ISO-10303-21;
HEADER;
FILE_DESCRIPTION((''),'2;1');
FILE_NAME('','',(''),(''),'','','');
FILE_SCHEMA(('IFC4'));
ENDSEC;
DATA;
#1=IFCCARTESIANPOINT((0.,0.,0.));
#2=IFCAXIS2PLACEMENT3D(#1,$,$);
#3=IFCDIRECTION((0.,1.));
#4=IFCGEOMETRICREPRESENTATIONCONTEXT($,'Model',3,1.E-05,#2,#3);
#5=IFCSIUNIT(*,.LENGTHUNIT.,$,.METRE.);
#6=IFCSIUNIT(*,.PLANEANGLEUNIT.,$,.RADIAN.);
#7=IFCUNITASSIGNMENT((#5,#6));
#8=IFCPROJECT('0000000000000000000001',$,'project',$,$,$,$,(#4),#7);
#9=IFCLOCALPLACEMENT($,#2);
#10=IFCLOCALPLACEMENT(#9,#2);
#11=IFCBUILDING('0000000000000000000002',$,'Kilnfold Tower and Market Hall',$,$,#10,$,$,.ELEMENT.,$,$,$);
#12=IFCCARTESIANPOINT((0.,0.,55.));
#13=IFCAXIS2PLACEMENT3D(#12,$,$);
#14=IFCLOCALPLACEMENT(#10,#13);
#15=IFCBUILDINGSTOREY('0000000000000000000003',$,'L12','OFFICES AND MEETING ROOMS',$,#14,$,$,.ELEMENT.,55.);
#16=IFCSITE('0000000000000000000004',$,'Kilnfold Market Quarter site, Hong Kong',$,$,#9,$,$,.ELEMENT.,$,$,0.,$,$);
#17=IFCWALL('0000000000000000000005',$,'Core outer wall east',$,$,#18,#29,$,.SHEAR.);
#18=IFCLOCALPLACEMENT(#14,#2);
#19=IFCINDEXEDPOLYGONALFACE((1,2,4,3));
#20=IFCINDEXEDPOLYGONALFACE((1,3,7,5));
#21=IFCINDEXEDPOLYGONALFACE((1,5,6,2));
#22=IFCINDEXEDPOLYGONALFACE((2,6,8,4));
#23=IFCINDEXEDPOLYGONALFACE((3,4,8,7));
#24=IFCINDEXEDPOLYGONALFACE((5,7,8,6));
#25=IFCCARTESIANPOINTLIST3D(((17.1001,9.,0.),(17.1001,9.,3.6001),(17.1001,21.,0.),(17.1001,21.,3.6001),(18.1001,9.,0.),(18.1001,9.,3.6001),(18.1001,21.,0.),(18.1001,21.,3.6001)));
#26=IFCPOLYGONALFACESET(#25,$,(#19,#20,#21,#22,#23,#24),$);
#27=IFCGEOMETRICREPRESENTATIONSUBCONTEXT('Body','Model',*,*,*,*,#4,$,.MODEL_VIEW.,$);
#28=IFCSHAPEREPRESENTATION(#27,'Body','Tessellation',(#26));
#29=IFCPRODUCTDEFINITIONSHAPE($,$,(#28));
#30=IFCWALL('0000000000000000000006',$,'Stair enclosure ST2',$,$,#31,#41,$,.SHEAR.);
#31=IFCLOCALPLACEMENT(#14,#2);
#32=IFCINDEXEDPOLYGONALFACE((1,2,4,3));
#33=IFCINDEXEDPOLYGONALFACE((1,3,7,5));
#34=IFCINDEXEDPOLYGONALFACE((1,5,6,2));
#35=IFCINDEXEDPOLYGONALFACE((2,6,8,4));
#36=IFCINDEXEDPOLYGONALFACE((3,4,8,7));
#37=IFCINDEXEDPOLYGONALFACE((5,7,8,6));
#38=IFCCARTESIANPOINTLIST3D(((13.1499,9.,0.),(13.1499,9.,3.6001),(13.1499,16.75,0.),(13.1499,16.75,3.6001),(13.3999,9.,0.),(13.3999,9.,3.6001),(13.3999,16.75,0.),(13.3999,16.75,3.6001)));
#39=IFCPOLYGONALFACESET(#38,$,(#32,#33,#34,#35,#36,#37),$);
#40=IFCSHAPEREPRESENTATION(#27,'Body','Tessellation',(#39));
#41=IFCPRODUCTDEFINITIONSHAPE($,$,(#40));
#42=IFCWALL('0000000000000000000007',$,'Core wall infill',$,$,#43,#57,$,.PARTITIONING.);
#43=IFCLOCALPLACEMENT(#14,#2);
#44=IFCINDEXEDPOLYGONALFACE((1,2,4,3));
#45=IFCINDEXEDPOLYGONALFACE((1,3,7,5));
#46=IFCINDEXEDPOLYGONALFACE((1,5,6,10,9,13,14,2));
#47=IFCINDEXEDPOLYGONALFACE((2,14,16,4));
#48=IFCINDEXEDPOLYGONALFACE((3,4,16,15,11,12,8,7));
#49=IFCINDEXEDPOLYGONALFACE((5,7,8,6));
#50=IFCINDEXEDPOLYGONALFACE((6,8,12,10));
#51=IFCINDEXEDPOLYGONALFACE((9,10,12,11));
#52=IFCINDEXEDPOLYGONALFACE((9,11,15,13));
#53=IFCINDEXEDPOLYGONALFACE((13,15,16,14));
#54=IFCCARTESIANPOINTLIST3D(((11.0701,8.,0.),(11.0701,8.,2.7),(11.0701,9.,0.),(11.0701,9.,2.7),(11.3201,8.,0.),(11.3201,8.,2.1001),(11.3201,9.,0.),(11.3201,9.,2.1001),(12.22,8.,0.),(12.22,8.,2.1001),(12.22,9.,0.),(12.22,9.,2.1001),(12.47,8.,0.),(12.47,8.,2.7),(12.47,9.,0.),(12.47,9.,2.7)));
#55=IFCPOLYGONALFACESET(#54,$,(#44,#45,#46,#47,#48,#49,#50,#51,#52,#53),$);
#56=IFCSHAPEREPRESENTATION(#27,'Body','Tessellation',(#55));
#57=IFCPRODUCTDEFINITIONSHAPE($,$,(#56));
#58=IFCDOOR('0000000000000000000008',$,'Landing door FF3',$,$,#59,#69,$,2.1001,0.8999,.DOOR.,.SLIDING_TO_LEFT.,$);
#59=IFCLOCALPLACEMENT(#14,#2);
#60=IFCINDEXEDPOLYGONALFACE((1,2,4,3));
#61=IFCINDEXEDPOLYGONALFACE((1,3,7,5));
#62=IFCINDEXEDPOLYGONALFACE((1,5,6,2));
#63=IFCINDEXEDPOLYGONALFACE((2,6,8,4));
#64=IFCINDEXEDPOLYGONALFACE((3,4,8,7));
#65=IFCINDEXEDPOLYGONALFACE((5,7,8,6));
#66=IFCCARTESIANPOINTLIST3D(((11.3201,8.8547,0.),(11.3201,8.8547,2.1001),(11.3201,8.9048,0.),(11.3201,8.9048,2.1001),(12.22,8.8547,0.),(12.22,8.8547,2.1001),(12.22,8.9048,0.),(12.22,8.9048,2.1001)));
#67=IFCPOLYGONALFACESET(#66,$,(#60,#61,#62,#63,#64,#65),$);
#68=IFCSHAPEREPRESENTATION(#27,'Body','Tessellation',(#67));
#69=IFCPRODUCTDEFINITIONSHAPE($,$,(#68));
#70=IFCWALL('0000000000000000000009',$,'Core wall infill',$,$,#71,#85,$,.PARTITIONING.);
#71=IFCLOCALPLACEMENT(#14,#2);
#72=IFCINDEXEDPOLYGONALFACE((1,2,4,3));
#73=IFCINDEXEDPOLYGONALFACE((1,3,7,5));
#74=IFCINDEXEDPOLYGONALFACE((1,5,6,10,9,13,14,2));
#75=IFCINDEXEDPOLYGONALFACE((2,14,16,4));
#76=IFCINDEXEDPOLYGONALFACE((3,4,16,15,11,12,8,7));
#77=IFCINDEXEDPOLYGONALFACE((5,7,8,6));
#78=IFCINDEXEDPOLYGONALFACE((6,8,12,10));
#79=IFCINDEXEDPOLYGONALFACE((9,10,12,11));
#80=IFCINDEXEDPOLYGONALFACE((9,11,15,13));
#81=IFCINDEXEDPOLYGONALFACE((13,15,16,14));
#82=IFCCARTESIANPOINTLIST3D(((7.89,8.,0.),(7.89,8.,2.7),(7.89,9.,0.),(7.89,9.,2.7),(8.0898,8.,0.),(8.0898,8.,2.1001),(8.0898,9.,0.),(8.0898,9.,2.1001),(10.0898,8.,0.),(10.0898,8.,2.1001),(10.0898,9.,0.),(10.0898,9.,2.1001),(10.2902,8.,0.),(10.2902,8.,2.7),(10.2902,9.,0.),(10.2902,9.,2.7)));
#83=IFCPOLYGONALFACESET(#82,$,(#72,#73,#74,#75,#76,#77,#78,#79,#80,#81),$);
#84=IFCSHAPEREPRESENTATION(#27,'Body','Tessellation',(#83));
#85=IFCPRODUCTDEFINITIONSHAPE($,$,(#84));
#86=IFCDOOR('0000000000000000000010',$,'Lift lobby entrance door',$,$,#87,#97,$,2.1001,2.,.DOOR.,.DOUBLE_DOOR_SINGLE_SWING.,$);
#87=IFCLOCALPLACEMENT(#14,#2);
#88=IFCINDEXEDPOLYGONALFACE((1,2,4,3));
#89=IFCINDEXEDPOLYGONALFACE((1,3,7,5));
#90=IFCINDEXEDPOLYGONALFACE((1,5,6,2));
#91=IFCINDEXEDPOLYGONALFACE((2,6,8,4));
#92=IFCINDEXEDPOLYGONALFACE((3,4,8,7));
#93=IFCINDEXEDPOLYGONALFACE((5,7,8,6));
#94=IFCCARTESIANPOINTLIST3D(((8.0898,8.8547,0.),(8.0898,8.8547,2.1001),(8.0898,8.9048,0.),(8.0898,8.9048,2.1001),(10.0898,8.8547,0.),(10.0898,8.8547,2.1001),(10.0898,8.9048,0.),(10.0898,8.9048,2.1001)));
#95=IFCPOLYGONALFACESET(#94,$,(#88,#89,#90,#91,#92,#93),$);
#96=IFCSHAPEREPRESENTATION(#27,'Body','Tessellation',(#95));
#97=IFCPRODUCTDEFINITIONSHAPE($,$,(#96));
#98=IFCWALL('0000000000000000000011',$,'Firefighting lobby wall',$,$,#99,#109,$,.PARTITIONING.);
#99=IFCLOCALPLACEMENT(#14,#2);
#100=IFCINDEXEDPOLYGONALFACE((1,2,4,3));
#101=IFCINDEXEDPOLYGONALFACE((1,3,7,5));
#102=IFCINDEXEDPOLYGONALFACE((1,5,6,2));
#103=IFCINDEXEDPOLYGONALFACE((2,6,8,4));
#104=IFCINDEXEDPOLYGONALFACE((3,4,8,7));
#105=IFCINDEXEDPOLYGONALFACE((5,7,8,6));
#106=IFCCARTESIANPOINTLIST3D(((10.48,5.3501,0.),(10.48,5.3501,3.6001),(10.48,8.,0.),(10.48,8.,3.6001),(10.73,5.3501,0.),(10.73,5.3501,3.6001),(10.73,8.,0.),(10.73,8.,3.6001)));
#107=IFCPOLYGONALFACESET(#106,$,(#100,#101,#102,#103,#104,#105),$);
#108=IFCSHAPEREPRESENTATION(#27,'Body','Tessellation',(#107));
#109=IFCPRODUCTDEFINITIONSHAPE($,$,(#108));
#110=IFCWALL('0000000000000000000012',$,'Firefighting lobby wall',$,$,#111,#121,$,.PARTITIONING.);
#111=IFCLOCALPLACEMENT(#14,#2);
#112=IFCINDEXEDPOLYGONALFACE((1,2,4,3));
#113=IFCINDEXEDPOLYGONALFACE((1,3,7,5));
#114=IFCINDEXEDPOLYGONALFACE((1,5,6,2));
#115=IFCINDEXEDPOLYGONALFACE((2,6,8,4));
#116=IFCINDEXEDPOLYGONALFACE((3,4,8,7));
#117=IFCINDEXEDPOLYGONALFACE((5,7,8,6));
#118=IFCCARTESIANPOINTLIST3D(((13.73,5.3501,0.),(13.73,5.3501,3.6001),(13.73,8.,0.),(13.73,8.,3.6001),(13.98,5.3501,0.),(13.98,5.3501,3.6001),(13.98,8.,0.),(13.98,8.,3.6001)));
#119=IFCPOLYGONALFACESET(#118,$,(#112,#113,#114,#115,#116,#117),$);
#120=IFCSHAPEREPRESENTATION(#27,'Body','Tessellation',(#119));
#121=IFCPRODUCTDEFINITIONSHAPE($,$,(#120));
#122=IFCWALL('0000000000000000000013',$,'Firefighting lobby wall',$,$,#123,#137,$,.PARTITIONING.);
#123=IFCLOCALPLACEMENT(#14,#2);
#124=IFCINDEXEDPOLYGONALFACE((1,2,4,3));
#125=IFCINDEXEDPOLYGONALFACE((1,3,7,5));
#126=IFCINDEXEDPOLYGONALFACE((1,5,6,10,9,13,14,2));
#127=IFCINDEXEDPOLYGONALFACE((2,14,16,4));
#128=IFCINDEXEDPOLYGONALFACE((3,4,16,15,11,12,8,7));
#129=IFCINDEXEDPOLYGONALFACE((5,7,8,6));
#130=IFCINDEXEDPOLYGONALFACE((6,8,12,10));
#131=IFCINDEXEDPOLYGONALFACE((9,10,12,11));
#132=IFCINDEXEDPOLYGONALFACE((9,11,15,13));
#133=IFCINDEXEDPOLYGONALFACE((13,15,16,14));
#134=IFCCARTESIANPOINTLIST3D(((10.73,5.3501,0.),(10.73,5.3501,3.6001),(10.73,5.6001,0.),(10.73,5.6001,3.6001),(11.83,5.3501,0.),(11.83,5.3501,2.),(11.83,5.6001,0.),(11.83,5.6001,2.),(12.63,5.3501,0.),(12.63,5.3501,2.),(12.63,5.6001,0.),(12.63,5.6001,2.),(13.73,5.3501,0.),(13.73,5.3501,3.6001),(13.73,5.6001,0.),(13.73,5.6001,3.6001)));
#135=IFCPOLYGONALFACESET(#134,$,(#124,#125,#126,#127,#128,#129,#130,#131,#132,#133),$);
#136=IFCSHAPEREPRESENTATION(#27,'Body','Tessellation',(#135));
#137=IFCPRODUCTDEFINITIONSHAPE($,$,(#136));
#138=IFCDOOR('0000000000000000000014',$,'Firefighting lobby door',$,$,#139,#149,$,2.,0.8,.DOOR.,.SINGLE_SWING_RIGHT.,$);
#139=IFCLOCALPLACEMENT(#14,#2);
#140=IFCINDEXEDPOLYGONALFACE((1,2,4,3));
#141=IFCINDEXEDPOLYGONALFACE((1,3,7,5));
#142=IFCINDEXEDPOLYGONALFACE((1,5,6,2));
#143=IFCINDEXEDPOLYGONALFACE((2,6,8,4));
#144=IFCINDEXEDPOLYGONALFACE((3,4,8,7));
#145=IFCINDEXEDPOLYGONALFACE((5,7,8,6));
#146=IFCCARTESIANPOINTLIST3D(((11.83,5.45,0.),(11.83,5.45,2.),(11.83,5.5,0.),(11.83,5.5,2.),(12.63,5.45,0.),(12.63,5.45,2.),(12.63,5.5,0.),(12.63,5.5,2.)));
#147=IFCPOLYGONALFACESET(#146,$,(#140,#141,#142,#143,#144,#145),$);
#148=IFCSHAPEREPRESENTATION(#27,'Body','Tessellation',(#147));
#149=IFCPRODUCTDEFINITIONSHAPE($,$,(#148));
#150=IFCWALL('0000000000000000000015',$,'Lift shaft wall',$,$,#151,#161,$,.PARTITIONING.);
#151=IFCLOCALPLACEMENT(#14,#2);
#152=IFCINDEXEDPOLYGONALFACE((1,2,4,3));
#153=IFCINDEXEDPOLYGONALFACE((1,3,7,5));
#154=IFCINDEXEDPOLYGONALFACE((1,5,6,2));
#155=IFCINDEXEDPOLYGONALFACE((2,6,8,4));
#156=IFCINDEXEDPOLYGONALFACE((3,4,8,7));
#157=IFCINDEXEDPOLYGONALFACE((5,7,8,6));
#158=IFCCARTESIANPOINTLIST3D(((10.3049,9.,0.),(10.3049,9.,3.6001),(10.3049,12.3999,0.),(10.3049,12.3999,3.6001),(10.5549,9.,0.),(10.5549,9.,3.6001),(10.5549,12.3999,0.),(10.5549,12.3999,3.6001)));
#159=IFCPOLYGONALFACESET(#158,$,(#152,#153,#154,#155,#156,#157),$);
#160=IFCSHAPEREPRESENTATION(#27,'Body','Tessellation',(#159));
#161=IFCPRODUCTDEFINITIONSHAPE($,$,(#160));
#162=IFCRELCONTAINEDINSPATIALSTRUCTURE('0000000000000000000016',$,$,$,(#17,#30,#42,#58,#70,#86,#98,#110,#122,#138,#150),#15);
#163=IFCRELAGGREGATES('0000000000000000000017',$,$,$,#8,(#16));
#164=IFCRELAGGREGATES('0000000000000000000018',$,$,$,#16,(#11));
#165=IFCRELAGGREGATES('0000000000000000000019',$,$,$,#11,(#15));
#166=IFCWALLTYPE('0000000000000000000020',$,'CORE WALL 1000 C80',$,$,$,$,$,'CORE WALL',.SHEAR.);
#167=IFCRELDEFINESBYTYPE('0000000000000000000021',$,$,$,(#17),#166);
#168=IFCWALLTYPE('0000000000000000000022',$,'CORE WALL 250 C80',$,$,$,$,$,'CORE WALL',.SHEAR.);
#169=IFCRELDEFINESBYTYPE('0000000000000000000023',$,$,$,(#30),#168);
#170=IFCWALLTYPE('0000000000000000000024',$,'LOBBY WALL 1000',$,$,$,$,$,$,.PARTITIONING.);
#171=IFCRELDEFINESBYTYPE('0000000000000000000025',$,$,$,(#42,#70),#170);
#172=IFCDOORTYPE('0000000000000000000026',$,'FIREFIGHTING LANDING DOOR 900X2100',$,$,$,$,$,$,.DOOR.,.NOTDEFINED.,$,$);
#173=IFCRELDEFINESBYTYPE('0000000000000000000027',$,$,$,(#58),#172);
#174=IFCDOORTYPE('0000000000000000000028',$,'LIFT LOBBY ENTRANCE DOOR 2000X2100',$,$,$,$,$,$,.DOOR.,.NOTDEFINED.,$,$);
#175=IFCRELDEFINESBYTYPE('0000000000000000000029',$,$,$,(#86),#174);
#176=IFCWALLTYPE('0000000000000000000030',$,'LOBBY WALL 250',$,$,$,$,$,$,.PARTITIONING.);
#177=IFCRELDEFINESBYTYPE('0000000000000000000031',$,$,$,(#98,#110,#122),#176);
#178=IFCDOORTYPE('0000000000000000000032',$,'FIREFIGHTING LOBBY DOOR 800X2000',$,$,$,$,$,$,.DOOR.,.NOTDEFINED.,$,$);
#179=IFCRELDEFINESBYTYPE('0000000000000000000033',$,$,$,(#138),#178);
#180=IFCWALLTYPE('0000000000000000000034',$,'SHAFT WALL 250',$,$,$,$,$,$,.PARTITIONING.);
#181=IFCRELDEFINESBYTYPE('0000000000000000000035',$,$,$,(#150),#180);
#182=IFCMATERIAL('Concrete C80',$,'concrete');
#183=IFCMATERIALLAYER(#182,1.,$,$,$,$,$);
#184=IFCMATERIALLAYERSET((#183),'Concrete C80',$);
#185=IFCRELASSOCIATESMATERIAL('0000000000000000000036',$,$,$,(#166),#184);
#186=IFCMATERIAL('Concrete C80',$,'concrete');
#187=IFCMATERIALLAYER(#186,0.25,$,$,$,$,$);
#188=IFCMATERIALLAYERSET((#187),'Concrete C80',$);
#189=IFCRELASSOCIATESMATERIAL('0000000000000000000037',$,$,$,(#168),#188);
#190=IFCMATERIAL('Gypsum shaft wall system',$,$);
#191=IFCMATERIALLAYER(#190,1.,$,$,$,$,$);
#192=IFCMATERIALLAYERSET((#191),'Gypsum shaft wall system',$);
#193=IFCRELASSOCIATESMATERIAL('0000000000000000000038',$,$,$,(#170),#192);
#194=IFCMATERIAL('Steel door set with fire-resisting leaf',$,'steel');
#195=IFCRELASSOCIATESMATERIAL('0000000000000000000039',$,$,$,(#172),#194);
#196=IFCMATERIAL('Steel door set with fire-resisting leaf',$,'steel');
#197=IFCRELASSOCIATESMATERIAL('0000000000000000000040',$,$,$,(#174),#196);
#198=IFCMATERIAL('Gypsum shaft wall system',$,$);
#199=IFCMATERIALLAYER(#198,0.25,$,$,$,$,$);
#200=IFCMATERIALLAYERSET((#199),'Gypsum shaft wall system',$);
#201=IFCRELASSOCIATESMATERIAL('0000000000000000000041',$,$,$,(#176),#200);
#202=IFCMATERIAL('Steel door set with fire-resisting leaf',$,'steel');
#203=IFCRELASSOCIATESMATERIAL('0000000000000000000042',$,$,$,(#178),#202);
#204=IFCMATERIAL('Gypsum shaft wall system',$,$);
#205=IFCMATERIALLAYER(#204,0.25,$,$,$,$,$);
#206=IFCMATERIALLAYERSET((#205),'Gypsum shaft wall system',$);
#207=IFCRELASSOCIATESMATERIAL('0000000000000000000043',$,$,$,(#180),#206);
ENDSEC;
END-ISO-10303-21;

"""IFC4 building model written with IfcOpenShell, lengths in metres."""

from ifc_helpers import new_model, si_unit, direction, frame, frame_2d, origin, place, context, subcontext, project, spatial, rectangle, extrude, source, transform, mapped, material, layer, layer_set, type_object, element, fill, save


model = new_model("IFC4")

# Units and contexts
model_context = context("Model", 3, precision=1e-05, world=origin(), true_north=direction((0.0, 1.0)))
body_context = subcontext(model_context, "Body", "Model", "MODEL_VIEW")
ifc_project = project(units=[si_unit("LENGTHUNIT", "METRE"), si_unit("PLANEANGLEUNIT", "RADIAN")], contexts=[model_context])

# Site, building, storey
site_placement = place(None, origin())
site = spatial("IfcSite", under=ifc_project, at=site_placement, Name="Kilnfold Market Quarter site, Hong Kong", CompositionType="ELEMENT", RefElevation=0.0)
building_placement = place(site_placement, origin())
building = spatial("IfcBuilding", under=site, at=building_placement, Name="Kilnfold Tower and Market Hall", CompositionType="ELEMENT")
storey_placement = place(building_placement, frame((0.0, 0.0, 55.0)))
storey = spatial("IfcBuildingStorey", under=building, at=storey_placement, Name="L12", Description="OFFICES AND MEETING ROOMS", CompositionType="ELEMENT", Elevation=55.0)

# Shared definitions
ifc_material_1 = material(Name="Concrete C80", Category="concrete")
ifc_layer_1 = layer(ifc_material_1, 1.0)
ifc_layer_set_1 = layer_set([ifc_layer_1], Name="Concrete C80")
wall_type_1 = type_object("IfcWallType", Name="CORE WALL 1000 C80", ElementType="CORE WALL", PredefinedType="SHEAR", material=ifc_layer_set_1)

# Walls
shared_shape_1 = source(origin(), body_context, "Body", "SweptSolid", [
    extrude(rectangle(XDim=12.0, YDim=1.0, at=frame_2d((6.0, 0.0))), origin(), (0.0, 0.0, 1.0), 3.6001),
])
wall_1_placement = place(storey_placement, frame((17.6001, 9.0, 0.0), z_axis=(0.0, 0.0, 1.0), x_axis=(0.0, 1.0, 0.0)))
element("IfcWall", 1, at=wall_1_placement, inside=storey, type_object=wall_type_1, Name="Core outer wall east", PredefinedType="SHEAR", context=body_context, shape_type="MappedRepresentation", body=[
    mapped(shared_shape_1, transform((0.0, 0.0, 0.0))),
])
ifc_material_2 = material(Name="Concrete C80", Category="concrete")
ifc_layer_2 = layer(ifc_material_2, 0.25)
ifc_layer_set_2 = layer_set([ifc_layer_2], Name="Concrete C80")
wall_type_2 = type_object("IfcWallType", Name="CORE WALL 250 C80", ElementType="CORE WALL", PredefinedType="SHEAR", material=ifc_layer_set_2)
shared_shape_2 = source(origin(), body_context, "Body", "SweptSolid", [
    extrude(rectangle(XDim=7.75, YDim=0.25, at=frame_2d((3.875, 0.0))), origin(), (0.0, 0.0, 1.0), 3.6001),
])
wall_2_placement = place(storey_placement, frame((13.2749, 9.0, 0.0), z_axis=(0.0, 0.0, 1.0), x_axis=(0.0, 1.0, 0.0)))
element("IfcWall", 2, at=wall_2_placement, inside=storey, type_object=wall_type_2, Name="Stair enclosure ST2", PredefinedType="SHEAR", context=body_context, shape_type="MappedRepresentation", body=[
    mapped(shared_shape_2, transform((0.0, 0.0, 0.0))),
])

# Walls, openings, doors
ifc_material_3 = material(Name="Gypsum shaft wall system")
ifc_layer_3 = layer(ifc_material_3, 1.0)
ifc_layer_set_3 = layer_set([ifc_layer_3], Name="Gypsum shaft wall system")
wall_type_3 = type_object("IfcWallType", Name="LOBBY WALL 1000", PredefinedType="PARTITIONING", material=ifc_layer_set_3)
shared_shape_3 = source(origin(), body_context, "Body", "SweptSolid", [
    extrude(rectangle(XDim=1.3999, YDim=1.0, at=frame_2d((0.7, 0.0))), origin(), (0.0, 0.0, 1.0), 2.7),
])
wall_3_placement = place(storey_placement, frame((11.0701, 8.5, 0.0), z_axis=(0.0, 0.0, 1.0), x_axis=(1.0, 0.0, 0.0)))
wall_3 = element("IfcWall", 3, at=wall_3_placement, inside=storey, type_object=wall_type_3, Name="Core wall infill", PredefinedType="PARTITIONING", context=body_context, shape_type="MappedRepresentation", body=[
    mapped(shared_shape_3, transform((0.0, 0.0, 0.0))),
])
opening_1_placement = place(wall_3_placement, frame((0.25, 0.0, 0.0)))
opening_1 = element("IfcOpeningElement", 4, at=opening_1_placement, cuts=wall_3, PredefinedType="OPENING", context=body_context, shape_type="SweptSolid", body=[
    extrude(rectangle(XDim=0.8999, YDim=2.1001, at=frame_2d((0.45, 1.05))), frame((0.0, 0.51, 0.0), z_axis=(0.0, -1.0, 0.0), x_axis=(1.0, 0.0, 0.0)), (0.0, 0.0, 1.0), 1.02),
])
ifc_material_4 = material(Name="Steel door set with fire-resisting leaf", Category="steel")
door_type_1 = type_object("IfcDoorType", Name="FIREFIGHTING LANDING DOOR 900X2100", OperationType="NOTDEFINED", PredefinedType="DOOR", material=ifc_material_4)
door_1_placement = place(opening_1_placement, origin())
door_1 = element("IfcDoor", 5, at=door_1_placement, inside=storey, type_object=door_type_1, Name="Landing door FF3", OperationType="SLIDING_TO_LEFT", OverallHeight=2.1001, OverallWidth=0.8999, PredefinedType="DOOR", context=body_context, shape_type="SweptSolid", body=[
    extrude(rectangle(XDim=0.8999, YDim=2.1001, at=frame_2d((0.45, 1.05))), frame((0.0, 0.4048, 0.0), z_axis=(0.0, -1.0, 0.0), x_axis=(1.0, 0.0, 0.0)), (0.0, 0.0, 1.0), 0.05),
])
fill(opening_1, door_1)
shared_shape_4 = source(origin(), body_context, "Body", "SweptSolid", [
    extrude(rectangle(XDim=2.4001, YDim=1.0, at=frame_2d((1.2002, 0.0))), origin(), (0.0, 0.0, 1.0), 2.7),
])
wall_4_placement = place(storey_placement, frame((7.8899, 8.5, 0.0), z_axis=(0.0, 0.0, 1.0), x_axis=(1.0, 0.0, 0.0)))
wall_4 = element("IfcWall", 6, at=wall_4_placement, inside=storey, type_object=wall_type_3, Name="Core wall infill", PredefinedType="PARTITIONING", context=body_context, shape_type="MappedRepresentation", body=[
    mapped(shared_shape_4, transform((0.0, 0.0, 0.0))),
])
opening_2_placement = place(wall_4_placement, frame((0.2, 0.0, 0.0)))
opening_2 = element("IfcOpeningElement", 7, at=opening_2_placement, cuts=wall_4, PredefinedType="OPENING", context=body_context, shape_type="SweptSolid", body=[
    extrude(rectangle(XDim=2.0, YDim=2.1001, at=frame_2d((1.0, 1.05))), frame((0.0, 0.51, 0.0), z_axis=(0.0, -1.0, 0.0), x_axis=(1.0, 0.0, 0.0)), (0.0, 0.0, 1.0), 1.02),
])
ifc_material_5 = material(Name="Steel door set with fire-resisting leaf", Category="steel")
door_type_2 = type_object("IfcDoorType", Name="LIFT LOBBY ENTRANCE DOOR 2000X2100", OperationType="NOTDEFINED", PredefinedType="DOOR", material=ifc_material_5)
door_2_placement = place(opening_2_placement, origin())
door_2 = element("IfcDoor", 8, at=door_2_placement, inside=storey, type_object=door_type_2, Name="Lift lobby entrance door", OperationType="DOUBLE_DOOR_SINGLE_SWING", OverallHeight=2.1001, OverallWidth=2.0, PredefinedType="DOOR", context=body_context, shape_type="SweptSolid", body=[
    extrude(rectangle(XDim=2.0, YDim=2.1001, at=frame_2d((1.0, 1.05))), frame((0.0, 0.4048, 0.0), z_axis=(0.0, -1.0, 0.0), x_axis=(1.0, 0.0, 0.0)), (0.0, 0.0, 1.0), 0.05),
])
fill(opening_2, door_2)

# Walls
ifc_material_6 = material(Name="Gypsum shaft wall system")
ifc_layer_4 = layer(ifc_material_6, 0.25)
ifc_layer_set_4 = layer_set([ifc_layer_4], Name="Gypsum shaft wall system")
wall_type_4 = type_object("IfcWallType", Name="LOBBY WALL 250", PredefinedType="PARTITIONING", material=ifc_layer_set_4)
shared_shape_5 = source(origin(), body_context, "Body", "SweptSolid", [
    extrude(rectangle(XDim=2.6499, YDim=0.25, at=frame_2d((1.325, 0.0))), origin(), (0.0, 0.0, 1.0), 3.6001),
])
for number, where, z_axis, x_axis, name in (
    (9, (10.605, 5.3501, 0.0), (0.0, 0.0, 1.0), (0.0, 1.0, 0.0), "Firefighting lobby wall"),
    (10, (13.855, 5.3501, 0.0), (0.0, 0.0, 1.0), (0.0, 1.0, 0.0), "Firefighting lobby wall"),
):
    element("IfcWall", number, at=place(storey_placement, frame(where, z_axis=z_axis, x_axis=x_axis)), inside=storey, type_object=wall_type_4, Name=name, PredefinedType="PARTITIONING", context=body_context, shape_type="MappedRepresentation", body=[
        mapped(shared_shape_5, transform((0.0, 0.0, 0.0))),
    ])

# Wall, opening, door
shared_shape_6 = source(origin(), body_context, "Body", "SweptSolid", [
    extrude(rectangle(XDim=3.0, YDim=0.25, at=frame_2d((1.5, 0.0))), origin(), (0.0, 0.0, 1.0), 3.6001),
])
wall_5_placement = place(storey_placement, frame((10.73, 5.4751, 0.0), z_axis=(0.0, 0.0, 1.0), x_axis=(1.0, 0.0, 0.0)))
wall_5 = element("IfcWall", 11, at=wall_5_placement, inside=storey, type_object=wall_type_4, Name="Firefighting lobby wall", PredefinedType="PARTITIONING", context=body_context, shape_type="MappedRepresentation", body=[
    mapped(shared_shape_6, transform((0.0, 0.0, 0.0))),
])
opening_3_placement = place(wall_5_placement, frame((1.1001, 0.0, 0.0)))
opening_3 = element("IfcOpeningElement", 12, at=opening_3_placement, cuts=wall_5, PredefinedType="OPENING", context=body_context, shape_type="SweptSolid", body=[
    extrude(rectangle(XDim=0.8, YDim=2.0, at=frame_2d((0.3999, 1.0))), frame((0.0, 0.135, 0.0), z_axis=(0.0, -1.0, 0.0), x_axis=(1.0, 0.0, 0.0)), (0.0, 0.0, 1.0), 0.27),
])
ifc_material_7 = material(Name="Steel door set with fire-resisting leaf", Category="steel")
door_type_3 = type_object("IfcDoorType", Name="FIREFIGHTING LOBBY DOOR 800X2000", OperationType="NOTDEFINED", PredefinedType="DOOR", material=ifc_material_7)
door_3_placement = place(opening_3_placement, origin())
door_3 = element("IfcDoor", 13, at=door_3_placement, inside=storey, type_object=door_type_3, Name="Firefighting lobby door", OperationType="SINGLE_SWING_RIGHT", OverallHeight=2.0, OverallWidth=0.8, PredefinedType="DOOR", context=body_context, shape_type="SweptSolid", body=[
    extrude(rectangle(XDim=0.8, YDim=2.0, at=frame_2d((0.3999, 1.0))), frame((0.0, 0.0249, 0.0), z_axis=(0.0, -1.0, 0.0), x_axis=(1.0, 0.0, 0.0)), (0.0, 0.0, 1.0), 0.05),
])
fill(opening_3, door_3)

# Wall
ifc_material_8 = material(Name="Gypsum shaft wall system")
ifc_layer_5 = layer(ifc_material_8, 0.25)
ifc_layer_set_5 = layer_set([ifc_layer_5], Name="Gypsum shaft wall system")
wall_type_5 = type_object("IfcWallType", Name="SHAFT WALL 250", PredefinedType="PARTITIONING", material=ifc_layer_set_5)
shared_shape_7 = source(origin(), body_context, "Body", "SweptSolid", [
    extrude(rectangle(XDim=3.3999, YDim=0.25, at=frame_2d((1.7, 0.0))), origin(), (0.0, 0.0, 1.0), 3.6001),
])
for number, where, z_axis, x_axis, name in (
    (14, (10.4299, 9.0, 0.0), (0.0, 0.0, 1.0), (0.0, 1.0, 0.0), "Lift shaft wall"),
):
    element("IfcWall", number, at=place(storey_placement, frame(where, z_axis=z_axis, x_axis=x_axis)), inside=storey, type_object=wall_type_5, Name=name, PredefinedType="PARTITIONING", context=body_context, shape_type="MappedRepresentation", body=[
        mapped(shared_shape_7, transform((0.0, 0.0, 0.0))),
    ])

save(model, "model.ifc")
